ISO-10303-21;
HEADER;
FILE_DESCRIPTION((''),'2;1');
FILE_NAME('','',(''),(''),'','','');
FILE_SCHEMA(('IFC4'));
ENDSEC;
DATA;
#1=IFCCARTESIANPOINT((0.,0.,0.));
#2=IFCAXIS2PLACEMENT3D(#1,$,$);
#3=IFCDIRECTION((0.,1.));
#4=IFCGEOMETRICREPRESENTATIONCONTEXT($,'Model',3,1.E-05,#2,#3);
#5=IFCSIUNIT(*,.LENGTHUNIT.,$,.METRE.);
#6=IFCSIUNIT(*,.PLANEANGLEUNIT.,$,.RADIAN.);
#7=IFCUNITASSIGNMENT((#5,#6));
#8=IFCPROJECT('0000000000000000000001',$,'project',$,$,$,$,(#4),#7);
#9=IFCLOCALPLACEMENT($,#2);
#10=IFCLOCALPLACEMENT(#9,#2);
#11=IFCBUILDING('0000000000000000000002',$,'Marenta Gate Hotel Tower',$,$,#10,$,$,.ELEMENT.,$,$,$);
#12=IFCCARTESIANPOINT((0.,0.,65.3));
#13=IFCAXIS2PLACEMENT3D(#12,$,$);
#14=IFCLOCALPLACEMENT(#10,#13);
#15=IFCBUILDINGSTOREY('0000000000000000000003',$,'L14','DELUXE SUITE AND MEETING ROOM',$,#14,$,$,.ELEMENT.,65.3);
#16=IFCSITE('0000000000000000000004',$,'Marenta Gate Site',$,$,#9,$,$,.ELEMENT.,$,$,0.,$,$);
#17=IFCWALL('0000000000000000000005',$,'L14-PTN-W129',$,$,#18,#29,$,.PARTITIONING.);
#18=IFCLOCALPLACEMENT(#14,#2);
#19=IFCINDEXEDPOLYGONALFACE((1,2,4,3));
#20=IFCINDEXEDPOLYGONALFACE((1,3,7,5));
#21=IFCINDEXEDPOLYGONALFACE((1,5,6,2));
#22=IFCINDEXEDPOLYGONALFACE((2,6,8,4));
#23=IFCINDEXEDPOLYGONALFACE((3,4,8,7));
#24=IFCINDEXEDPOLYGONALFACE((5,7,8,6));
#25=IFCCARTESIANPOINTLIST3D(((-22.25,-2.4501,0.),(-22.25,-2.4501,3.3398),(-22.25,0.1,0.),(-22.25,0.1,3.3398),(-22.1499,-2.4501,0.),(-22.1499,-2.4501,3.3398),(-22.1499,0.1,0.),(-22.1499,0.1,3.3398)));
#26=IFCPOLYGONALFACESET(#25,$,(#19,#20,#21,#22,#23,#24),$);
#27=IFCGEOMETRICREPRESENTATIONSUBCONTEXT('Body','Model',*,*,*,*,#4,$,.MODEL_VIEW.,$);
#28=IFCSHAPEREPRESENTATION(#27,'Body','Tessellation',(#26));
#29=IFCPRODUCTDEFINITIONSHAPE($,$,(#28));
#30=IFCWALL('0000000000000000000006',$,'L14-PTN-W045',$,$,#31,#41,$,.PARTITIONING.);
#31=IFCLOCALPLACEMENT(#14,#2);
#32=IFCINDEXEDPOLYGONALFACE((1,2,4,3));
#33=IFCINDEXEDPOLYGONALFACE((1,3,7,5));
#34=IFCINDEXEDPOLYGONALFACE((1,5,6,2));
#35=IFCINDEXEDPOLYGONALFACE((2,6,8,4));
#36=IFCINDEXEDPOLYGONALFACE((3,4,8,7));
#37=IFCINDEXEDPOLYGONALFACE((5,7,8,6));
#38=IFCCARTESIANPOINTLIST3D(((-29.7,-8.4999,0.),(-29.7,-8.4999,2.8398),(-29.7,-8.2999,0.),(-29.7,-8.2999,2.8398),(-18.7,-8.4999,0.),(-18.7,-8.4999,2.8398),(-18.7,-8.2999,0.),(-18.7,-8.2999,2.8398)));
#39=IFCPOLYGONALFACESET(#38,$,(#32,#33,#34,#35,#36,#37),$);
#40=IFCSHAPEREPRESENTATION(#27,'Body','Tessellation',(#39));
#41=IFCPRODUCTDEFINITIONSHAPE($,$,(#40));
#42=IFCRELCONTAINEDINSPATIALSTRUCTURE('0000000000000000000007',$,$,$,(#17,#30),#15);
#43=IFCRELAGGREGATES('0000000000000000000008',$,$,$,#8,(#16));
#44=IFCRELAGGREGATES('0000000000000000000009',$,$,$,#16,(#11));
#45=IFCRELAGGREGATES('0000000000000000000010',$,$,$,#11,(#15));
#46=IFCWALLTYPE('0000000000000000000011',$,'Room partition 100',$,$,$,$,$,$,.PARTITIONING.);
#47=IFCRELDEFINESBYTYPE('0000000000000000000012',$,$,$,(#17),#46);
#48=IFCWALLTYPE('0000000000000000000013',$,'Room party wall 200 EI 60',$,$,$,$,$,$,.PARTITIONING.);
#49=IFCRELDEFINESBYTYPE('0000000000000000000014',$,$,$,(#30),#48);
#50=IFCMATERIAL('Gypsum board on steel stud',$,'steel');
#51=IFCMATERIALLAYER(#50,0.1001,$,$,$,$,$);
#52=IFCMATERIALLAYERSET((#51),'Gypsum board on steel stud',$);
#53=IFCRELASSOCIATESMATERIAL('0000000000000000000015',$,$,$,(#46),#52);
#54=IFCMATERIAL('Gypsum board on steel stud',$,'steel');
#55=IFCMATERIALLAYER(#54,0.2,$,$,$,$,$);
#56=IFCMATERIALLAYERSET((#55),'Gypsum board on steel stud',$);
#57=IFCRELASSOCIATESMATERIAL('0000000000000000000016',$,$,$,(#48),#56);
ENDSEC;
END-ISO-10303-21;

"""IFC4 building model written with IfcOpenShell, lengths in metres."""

from ifc_helpers import new_model, si_unit, direction, frame, frame_2d, origin, place, context, subcontext, project, spatial, rectangle, extrude, material, layer, layer_set, type_object, element, save


model = new_model("IFC4")

# Units and contexts
model_context = context("Model", 3, precision=1e-05, world=origin(), true_north=direction((0.0, 1.0)))
body_context = subcontext(model_context, "Body", "Model", "MODEL_VIEW")
ifc_project = project(units=[si_unit("LENGTHUNIT", "METRE"), si_unit("PLANEANGLEUNIT", "RADIAN")], contexts=[model_context])

# Site, building, storey
site_placement = place(None, origin())
site = spatial("IfcSite", under=ifc_project, at=site_placement, Name="Marenta Gate Site", CompositionType="ELEMENT", RefElevation=0.0)
building_placement = place(site_placement, origin())
building = spatial("IfcBuilding", under=site, at=building_placement, Name="Marenta Gate Hotel Tower", CompositionType="ELEMENT")
storey_placement = place(building_placement, frame((0.0, 0.0, 65.3)))
storey = spatial("IfcBuildingStorey", under=building, at=storey_placement, Name="L14", Description="DELUXE SUITE AND MEETING ROOM", CompositionType="ELEMENT", Elevation=65.3)

# Shared definitions
ifc_material_1 = material(Name="Gypsum board on steel stud", Category="steel")
ifc_layer_1 = layer(ifc_material_1, 0.1001)
ifc_layer_set_1 = layer_set([ifc_layer_1], Name="Gypsum board on steel stud")
wall_type_1 = type_object("IfcWallType", Name="Room partition 100", PredefinedType="PARTITIONING", material=ifc_layer_set_1)

# Walls
wall_1_placement = place(storey_placement, frame((-22.2, -2.45, 0.0), z_axis=(0.0, 0.0, 1.0), x_axis=(0.0, 1.0, 0.0)))
element("IfcWall", 1, at=wall_1_placement, inside=storey, type_object=wall_type_1, Name="L14-PTN-W129", PredefinedType="PARTITIONING", context=body_context, shape_type="SweptSolid", body=[
    extrude(rectangle(XDim=2.55, YDim=0.1001, at=frame_2d((1.2749, 0.0))), origin(), (0.0, 0.0, 1.0), 3.3398),
])
ifc_material_2 = material(Name="Gypsum board on steel stud", Category="steel")
ifc_layer_2 = layer(ifc_material_2, 0.2)
ifc_layer_set_2 = layer_set([ifc_layer_2], Name="Gypsum board on steel stud")
wall_type_2 = type_object("IfcWallType", Name="Room party wall 200 EI 60", PredefinedType="PARTITIONING", material=ifc_layer_set_2)
wall_2_placement = place(storey_placement, frame((-29.7, -8.3999, 0.0), z_axis=(0.0, 0.0, 1.0), x_axis=(1.0, 0.0, 0.0)))
element("IfcWall", 2, at=wall_2_placement, inside=storey, type_object=wall_type_2, Name="L14-PTN-W045", PredefinedType="PARTITIONING", context=body_context, shape_type="SweptSolid", body=[
    extrude(rectangle(XDim=11.0, YDim=0.2, at=frame_2d((5.5, 0.0))), origin(), (0.0, 0.0, 1.0), 2.8398),
])

save(model, "model.ifc")
